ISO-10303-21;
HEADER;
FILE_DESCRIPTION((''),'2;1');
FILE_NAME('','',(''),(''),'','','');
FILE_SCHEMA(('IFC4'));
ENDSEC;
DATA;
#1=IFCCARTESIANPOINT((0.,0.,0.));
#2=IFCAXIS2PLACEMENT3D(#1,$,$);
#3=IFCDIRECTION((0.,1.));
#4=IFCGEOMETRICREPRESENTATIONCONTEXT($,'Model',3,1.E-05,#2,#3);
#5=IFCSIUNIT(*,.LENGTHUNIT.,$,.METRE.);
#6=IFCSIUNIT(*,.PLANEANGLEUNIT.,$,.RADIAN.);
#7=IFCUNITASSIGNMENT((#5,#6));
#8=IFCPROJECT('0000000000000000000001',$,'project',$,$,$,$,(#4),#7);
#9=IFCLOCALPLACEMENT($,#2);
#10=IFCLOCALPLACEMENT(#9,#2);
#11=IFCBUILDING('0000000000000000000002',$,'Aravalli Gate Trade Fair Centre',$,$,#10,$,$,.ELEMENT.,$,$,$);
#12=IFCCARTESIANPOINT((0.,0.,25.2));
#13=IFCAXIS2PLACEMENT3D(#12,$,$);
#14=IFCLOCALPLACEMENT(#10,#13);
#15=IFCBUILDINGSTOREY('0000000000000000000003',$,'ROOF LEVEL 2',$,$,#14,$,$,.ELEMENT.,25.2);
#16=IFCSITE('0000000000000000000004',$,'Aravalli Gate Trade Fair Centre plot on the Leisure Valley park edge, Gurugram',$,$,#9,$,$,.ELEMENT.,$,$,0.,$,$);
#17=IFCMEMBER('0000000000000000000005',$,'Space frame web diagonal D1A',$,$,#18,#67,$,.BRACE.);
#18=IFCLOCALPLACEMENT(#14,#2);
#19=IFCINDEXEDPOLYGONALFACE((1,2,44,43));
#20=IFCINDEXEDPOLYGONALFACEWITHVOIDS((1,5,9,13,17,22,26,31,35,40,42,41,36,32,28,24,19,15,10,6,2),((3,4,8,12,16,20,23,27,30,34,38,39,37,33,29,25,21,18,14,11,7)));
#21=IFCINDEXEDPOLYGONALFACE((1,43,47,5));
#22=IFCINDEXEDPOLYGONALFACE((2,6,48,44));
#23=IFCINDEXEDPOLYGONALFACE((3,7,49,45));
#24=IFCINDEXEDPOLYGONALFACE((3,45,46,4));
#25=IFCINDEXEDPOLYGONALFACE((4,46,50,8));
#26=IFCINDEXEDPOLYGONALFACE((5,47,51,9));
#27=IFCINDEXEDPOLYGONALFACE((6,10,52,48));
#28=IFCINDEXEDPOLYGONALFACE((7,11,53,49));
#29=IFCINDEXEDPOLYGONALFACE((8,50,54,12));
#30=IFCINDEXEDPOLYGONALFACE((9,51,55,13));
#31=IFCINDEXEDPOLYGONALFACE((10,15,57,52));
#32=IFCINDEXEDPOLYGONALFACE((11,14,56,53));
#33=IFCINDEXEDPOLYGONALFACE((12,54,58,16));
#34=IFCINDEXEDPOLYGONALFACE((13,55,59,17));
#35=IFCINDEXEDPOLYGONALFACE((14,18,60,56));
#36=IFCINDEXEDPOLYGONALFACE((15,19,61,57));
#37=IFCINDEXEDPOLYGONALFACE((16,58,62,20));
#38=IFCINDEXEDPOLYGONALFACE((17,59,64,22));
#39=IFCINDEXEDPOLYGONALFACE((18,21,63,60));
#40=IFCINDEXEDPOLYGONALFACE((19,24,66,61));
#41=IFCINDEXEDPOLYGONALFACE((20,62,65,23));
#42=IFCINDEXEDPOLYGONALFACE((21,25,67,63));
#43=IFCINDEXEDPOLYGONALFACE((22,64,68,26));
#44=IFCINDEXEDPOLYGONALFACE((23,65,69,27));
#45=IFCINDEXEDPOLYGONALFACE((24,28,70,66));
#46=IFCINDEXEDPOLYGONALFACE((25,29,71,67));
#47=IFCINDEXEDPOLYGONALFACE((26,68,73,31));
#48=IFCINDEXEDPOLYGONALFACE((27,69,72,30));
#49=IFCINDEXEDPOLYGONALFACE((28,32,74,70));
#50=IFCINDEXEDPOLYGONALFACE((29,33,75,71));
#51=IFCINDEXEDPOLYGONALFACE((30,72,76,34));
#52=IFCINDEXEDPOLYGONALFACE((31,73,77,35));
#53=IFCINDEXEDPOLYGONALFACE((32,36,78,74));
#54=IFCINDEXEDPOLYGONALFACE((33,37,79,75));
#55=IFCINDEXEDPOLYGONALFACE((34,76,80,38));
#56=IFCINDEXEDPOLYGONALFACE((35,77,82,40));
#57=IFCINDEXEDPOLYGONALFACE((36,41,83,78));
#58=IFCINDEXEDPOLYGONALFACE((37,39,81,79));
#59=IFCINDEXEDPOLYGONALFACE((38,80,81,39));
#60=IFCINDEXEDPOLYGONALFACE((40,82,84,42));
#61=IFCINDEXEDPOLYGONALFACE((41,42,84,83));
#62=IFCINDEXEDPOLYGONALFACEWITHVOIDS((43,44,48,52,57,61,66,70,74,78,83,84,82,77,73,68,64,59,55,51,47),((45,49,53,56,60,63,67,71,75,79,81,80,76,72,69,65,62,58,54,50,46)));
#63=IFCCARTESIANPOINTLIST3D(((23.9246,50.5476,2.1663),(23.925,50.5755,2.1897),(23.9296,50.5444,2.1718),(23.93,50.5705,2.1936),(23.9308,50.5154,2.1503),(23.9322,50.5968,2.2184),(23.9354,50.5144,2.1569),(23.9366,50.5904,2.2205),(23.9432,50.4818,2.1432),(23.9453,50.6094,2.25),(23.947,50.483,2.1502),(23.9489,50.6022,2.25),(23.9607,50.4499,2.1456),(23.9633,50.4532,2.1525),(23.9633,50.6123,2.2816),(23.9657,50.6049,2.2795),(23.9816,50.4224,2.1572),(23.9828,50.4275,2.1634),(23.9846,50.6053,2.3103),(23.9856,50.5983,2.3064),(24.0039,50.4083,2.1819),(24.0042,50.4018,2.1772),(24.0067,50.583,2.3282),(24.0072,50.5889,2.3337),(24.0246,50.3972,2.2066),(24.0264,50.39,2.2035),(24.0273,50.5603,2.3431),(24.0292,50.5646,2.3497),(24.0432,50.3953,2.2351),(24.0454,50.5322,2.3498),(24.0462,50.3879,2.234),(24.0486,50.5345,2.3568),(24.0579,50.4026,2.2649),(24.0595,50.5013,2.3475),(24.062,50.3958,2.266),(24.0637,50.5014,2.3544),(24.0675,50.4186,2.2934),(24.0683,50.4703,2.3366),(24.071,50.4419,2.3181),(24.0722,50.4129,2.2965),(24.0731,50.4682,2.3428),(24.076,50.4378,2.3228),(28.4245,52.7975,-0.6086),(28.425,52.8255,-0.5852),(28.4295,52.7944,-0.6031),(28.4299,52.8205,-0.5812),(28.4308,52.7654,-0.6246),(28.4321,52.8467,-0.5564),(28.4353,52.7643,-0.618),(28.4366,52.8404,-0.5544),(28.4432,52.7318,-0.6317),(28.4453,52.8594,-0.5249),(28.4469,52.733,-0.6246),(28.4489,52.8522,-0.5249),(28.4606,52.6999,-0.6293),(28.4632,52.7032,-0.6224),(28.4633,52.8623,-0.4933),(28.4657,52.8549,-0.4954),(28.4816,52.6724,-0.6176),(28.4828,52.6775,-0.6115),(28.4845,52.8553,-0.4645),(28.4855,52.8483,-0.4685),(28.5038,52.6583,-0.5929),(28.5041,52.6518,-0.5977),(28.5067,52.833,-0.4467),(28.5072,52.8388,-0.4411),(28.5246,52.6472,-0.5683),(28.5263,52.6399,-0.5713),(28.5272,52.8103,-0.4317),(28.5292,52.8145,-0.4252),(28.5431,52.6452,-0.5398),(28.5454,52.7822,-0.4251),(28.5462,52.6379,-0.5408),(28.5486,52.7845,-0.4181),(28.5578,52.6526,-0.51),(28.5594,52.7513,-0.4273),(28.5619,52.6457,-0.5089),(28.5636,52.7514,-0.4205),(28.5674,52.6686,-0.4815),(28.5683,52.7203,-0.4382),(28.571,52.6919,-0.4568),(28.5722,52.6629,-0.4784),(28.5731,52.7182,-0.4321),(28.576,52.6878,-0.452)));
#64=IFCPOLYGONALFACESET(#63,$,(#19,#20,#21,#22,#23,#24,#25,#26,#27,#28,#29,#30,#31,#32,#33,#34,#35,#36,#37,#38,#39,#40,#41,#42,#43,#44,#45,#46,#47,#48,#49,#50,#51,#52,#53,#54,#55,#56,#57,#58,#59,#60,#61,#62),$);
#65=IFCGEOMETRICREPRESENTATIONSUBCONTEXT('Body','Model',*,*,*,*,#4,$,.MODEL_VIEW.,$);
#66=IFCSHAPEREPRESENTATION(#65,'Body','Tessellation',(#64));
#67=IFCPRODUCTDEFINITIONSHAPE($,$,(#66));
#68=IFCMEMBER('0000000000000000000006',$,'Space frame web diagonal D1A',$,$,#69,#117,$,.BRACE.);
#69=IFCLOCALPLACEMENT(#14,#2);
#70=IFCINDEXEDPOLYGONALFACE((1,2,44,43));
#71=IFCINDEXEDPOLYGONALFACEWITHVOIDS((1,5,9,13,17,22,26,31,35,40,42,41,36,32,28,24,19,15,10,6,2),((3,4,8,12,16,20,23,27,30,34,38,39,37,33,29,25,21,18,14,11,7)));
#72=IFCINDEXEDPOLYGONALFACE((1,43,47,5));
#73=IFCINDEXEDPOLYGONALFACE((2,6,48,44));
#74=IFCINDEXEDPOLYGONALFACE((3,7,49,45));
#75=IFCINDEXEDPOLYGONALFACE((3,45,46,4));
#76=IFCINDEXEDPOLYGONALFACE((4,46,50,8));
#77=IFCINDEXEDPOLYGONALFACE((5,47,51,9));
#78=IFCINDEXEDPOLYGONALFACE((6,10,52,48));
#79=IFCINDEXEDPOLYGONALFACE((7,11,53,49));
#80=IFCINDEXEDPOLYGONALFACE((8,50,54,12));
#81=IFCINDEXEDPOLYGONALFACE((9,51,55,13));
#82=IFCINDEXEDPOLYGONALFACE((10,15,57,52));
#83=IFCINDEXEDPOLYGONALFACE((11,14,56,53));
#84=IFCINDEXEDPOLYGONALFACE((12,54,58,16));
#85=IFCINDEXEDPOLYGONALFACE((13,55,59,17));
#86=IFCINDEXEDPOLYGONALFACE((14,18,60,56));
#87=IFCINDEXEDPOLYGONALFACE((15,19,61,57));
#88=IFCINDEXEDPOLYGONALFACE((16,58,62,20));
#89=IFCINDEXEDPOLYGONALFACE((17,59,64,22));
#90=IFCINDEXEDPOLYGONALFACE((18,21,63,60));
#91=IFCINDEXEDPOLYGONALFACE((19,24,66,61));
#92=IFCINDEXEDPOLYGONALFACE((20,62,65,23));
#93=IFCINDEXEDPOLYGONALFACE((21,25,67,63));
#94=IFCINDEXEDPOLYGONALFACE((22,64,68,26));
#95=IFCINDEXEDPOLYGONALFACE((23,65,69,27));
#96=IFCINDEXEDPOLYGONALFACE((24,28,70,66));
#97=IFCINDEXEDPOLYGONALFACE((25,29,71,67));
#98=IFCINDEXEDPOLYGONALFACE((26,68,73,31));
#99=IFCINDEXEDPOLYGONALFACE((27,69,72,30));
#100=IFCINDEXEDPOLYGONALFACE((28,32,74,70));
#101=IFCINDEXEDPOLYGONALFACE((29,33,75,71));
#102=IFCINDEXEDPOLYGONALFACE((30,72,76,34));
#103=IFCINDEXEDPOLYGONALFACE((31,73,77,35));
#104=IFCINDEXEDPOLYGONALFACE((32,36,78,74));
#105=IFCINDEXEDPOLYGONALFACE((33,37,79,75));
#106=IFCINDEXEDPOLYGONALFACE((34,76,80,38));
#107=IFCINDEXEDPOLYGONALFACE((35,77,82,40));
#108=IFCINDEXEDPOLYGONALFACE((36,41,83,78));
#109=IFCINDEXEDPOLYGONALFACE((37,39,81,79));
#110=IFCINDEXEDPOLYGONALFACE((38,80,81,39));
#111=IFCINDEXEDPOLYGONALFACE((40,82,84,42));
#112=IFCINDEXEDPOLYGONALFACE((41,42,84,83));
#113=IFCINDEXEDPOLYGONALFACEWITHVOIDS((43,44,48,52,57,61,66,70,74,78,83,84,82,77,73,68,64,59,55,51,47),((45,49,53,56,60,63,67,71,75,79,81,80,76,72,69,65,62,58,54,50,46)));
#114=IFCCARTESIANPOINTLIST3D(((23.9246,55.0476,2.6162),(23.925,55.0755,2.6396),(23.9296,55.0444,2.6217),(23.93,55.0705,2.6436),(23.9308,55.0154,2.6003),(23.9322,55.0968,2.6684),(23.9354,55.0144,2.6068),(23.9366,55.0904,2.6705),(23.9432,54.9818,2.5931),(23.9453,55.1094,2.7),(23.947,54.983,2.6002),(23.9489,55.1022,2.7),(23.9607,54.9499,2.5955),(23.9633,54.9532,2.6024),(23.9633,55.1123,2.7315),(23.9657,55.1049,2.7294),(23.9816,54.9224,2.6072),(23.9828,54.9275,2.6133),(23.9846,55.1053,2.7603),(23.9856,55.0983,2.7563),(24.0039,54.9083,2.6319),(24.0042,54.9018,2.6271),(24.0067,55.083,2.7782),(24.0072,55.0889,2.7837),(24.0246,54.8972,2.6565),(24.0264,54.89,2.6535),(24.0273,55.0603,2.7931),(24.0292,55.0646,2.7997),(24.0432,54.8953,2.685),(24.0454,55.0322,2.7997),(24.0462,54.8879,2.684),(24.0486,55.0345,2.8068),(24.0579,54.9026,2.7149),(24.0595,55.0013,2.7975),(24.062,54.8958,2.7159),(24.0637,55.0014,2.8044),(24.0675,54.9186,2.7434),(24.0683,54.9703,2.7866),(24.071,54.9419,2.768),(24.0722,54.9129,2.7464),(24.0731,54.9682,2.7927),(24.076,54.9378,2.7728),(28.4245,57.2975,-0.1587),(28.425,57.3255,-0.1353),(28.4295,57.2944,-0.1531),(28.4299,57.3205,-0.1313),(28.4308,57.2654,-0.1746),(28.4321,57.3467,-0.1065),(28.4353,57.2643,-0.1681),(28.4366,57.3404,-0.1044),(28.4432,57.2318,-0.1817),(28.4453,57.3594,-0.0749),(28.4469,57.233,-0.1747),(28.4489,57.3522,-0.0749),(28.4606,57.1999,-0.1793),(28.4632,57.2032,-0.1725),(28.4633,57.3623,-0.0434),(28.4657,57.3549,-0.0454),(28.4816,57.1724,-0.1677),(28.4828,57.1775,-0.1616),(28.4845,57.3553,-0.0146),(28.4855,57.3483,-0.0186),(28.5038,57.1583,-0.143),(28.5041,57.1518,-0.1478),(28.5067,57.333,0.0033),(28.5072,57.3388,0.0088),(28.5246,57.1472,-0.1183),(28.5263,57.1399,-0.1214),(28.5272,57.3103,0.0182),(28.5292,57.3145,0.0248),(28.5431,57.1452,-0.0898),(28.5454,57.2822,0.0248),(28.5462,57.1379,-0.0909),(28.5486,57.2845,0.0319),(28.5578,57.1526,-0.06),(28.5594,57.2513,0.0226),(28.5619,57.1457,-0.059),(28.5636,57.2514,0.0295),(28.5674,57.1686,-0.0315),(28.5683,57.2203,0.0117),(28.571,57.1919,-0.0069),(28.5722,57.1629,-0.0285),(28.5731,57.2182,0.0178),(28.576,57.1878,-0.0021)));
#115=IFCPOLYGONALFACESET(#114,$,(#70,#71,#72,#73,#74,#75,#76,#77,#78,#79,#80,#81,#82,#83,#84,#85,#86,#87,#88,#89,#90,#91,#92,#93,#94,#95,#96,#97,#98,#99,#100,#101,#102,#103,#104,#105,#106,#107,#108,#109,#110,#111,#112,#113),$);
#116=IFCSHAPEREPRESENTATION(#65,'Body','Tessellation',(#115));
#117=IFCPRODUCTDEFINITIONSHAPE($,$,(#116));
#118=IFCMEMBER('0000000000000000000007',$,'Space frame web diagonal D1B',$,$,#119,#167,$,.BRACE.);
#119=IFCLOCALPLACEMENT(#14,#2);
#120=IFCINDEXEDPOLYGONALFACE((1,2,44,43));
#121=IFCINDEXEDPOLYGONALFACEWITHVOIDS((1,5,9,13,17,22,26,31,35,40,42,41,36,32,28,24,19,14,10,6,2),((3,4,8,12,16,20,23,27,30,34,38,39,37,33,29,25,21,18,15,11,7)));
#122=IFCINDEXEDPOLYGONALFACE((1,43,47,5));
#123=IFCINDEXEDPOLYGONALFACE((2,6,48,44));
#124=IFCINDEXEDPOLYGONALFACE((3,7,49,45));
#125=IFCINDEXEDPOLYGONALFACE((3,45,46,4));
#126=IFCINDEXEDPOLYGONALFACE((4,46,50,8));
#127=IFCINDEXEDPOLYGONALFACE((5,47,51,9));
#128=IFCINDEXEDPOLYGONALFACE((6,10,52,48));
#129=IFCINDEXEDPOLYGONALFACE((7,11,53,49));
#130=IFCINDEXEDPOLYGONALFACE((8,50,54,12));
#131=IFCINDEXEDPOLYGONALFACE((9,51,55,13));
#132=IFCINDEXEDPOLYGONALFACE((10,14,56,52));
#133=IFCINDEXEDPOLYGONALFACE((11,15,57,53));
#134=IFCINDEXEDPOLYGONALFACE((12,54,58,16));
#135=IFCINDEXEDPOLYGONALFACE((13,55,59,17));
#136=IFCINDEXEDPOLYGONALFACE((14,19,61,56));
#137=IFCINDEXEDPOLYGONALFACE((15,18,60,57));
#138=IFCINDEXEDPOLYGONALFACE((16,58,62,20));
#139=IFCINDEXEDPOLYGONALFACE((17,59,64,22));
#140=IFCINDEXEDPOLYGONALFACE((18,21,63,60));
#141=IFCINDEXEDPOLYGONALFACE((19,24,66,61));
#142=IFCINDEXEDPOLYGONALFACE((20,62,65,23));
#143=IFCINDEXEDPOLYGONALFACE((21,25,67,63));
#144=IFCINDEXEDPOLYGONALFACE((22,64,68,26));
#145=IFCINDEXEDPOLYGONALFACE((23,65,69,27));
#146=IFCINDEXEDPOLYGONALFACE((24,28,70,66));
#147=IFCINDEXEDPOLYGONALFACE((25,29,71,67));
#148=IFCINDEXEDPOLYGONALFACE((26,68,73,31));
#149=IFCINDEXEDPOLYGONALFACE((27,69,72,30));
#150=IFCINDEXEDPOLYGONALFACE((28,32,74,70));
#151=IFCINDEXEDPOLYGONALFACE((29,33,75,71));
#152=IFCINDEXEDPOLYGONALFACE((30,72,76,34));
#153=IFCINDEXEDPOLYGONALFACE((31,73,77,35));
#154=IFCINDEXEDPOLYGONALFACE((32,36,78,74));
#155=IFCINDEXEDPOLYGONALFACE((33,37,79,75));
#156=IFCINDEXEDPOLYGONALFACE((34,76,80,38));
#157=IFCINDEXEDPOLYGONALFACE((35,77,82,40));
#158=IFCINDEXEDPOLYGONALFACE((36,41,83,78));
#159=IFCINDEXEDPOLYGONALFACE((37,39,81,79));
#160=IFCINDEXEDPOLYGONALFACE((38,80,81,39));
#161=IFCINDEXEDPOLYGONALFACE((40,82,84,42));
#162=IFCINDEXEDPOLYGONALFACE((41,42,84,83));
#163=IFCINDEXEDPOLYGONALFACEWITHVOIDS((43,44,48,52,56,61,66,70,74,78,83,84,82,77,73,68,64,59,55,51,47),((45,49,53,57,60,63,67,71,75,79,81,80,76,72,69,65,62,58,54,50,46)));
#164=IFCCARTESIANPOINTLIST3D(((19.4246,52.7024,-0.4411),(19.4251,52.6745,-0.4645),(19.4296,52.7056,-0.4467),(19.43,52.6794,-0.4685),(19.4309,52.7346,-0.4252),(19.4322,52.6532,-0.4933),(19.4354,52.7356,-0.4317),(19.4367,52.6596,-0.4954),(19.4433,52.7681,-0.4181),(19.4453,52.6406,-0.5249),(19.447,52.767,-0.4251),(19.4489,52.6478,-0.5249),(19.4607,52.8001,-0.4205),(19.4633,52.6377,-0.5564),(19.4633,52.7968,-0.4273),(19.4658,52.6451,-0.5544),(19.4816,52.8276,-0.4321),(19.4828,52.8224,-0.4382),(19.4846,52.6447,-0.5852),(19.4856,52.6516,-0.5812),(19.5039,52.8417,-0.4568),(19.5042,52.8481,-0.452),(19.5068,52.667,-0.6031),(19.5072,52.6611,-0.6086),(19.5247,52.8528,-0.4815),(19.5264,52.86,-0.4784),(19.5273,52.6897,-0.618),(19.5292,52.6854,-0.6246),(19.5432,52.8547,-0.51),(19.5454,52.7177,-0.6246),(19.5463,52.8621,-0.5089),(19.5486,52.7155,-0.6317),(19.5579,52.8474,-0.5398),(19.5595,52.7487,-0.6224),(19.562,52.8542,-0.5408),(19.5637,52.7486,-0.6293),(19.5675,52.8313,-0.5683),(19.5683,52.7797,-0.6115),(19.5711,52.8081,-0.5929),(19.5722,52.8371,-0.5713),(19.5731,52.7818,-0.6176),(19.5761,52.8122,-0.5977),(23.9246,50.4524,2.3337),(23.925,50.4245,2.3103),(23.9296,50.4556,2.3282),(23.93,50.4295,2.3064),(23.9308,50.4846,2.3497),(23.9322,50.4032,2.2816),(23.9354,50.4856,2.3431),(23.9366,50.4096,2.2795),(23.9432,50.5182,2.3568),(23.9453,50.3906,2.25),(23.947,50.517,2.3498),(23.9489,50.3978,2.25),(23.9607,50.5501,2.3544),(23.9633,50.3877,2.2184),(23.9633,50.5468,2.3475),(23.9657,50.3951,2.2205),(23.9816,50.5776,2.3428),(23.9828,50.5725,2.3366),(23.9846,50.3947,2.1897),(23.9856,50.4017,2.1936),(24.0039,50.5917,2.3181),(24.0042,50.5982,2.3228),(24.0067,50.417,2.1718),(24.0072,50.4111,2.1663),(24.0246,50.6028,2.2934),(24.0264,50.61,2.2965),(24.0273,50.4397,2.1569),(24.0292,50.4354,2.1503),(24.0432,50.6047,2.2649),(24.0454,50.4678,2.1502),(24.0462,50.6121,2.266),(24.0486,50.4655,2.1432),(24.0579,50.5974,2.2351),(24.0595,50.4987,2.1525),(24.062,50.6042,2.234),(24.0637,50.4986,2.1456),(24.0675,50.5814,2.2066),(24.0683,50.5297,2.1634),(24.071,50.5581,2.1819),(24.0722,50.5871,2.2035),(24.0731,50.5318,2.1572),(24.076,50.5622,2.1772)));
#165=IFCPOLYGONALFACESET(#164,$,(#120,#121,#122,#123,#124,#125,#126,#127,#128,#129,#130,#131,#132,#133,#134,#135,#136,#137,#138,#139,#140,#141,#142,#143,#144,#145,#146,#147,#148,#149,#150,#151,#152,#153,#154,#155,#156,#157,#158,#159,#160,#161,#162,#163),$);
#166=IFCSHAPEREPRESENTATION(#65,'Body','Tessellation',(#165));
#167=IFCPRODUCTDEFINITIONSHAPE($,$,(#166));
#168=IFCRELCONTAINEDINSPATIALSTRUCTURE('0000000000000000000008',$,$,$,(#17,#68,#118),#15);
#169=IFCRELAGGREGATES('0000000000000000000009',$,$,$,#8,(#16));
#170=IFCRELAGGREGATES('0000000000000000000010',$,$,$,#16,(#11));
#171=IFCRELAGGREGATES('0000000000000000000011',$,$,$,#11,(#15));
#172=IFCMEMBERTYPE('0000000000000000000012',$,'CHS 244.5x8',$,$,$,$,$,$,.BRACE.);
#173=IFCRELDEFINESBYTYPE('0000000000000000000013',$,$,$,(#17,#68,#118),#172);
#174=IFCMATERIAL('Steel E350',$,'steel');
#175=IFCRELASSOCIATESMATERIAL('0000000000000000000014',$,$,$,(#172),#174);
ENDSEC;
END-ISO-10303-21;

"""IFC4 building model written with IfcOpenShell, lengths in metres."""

from ifc_helpers import new_model, si_unit, direction, frame, origin, origin_2d, place, context, subcontext, project, spatial, hollow_circle, extrude, material, material_profile, profile_set, type_object, element, save


model = new_model("IFC4")

# Units and contexts
model_context = context("Model", 3, precision=1e-05, world=origin(), true_north=direction((0.0, 1.0)))
body_context = subcontext(model_context, "Body", "Model", "MODEL_VIEW")
ifc_project = project(units=[si_unit("LENGTHUNIT", "METRE"), si_unit("PLANEANGLEUNIT", "RADIAN")], contexts=[model_context])

# Site, building, storey
site_placement = place(None, origin())
site = spatial("IfcSite", under=ifc_project, at=site_placement, Name="Aravalli Gate Trade Fair Centre plot on the Leisure Valley park edge, Gurugram", CompositionType="ELEMENT", RefElevation=0.0)
building_placement = place(site_placement, origin())
building = spatial("IfcBuilding", under=site, at=building_placement, Name="Aravalli Gate Trade Fair Centre", CompositionType="ELEMENT")
storey_placement = place(building_placement, frame((0.0, 0.0, 25.2)))
storey = spatial("IfcBuildingStorey", under=building, at=storey_placement, Name="ROOF LEVEL 2", CompositionType="ELEMENT", Elevation=25.2)

# Members
ifc_material = material(Name="Steel E350", Category="steel")
ifc_material_profile_1 = material_profile(ifc_material, hollow_circle(Radius=0.1223, WallThickness=0.0081, at=origin_2d()), Name="CHS 244.5x8")
ifc_profile_set_1 = profile_set([ifc_material_profile_1], Name="Steel E350")
member_type_1 = type_object("IfcMemberType", Name="CHS 244.5x8", PredefinedType="BRACE", material=ifc_profile_set_1)
for number, where, z_axis, x_axis, name in (
    (1, (24.0, 50.5, 2.25), (0.7832, 0.3916, -0.482956), (-0.447214, 0.894427, 0.0), "Space frame web diagonal D1A"),
    (2, (24.0, 55.0, 2.7), (0.7832, 0.3916, -0.482956), (-0.447214, 0.894427, 0.0), "Space frame web diagonal D1A"),
    (3, (24.0, 50.5, 2.25), (-0.7832, 0.3916, -0.482956), (-0.447214, -0.894427, 0.0), "Space frame web diagonal D1B"),
):
    element("IfcMember", number, at=place(storey_placement, frame(where, z_axis=z_axis, x_axis=x_axis)), inside=storey, type_object=member_type_1, Name=name, PredefinedType="BRACE", context=body_context, shape_type="SweptSolid", body=[
        extrude(hollow_circle(Radius=0.1223, WallThickness=0.0081, at=origin_2d()), origin(), (0.0, 0.0, 1.0), 5.7456),
    ])

save(model, "model.ifc")
